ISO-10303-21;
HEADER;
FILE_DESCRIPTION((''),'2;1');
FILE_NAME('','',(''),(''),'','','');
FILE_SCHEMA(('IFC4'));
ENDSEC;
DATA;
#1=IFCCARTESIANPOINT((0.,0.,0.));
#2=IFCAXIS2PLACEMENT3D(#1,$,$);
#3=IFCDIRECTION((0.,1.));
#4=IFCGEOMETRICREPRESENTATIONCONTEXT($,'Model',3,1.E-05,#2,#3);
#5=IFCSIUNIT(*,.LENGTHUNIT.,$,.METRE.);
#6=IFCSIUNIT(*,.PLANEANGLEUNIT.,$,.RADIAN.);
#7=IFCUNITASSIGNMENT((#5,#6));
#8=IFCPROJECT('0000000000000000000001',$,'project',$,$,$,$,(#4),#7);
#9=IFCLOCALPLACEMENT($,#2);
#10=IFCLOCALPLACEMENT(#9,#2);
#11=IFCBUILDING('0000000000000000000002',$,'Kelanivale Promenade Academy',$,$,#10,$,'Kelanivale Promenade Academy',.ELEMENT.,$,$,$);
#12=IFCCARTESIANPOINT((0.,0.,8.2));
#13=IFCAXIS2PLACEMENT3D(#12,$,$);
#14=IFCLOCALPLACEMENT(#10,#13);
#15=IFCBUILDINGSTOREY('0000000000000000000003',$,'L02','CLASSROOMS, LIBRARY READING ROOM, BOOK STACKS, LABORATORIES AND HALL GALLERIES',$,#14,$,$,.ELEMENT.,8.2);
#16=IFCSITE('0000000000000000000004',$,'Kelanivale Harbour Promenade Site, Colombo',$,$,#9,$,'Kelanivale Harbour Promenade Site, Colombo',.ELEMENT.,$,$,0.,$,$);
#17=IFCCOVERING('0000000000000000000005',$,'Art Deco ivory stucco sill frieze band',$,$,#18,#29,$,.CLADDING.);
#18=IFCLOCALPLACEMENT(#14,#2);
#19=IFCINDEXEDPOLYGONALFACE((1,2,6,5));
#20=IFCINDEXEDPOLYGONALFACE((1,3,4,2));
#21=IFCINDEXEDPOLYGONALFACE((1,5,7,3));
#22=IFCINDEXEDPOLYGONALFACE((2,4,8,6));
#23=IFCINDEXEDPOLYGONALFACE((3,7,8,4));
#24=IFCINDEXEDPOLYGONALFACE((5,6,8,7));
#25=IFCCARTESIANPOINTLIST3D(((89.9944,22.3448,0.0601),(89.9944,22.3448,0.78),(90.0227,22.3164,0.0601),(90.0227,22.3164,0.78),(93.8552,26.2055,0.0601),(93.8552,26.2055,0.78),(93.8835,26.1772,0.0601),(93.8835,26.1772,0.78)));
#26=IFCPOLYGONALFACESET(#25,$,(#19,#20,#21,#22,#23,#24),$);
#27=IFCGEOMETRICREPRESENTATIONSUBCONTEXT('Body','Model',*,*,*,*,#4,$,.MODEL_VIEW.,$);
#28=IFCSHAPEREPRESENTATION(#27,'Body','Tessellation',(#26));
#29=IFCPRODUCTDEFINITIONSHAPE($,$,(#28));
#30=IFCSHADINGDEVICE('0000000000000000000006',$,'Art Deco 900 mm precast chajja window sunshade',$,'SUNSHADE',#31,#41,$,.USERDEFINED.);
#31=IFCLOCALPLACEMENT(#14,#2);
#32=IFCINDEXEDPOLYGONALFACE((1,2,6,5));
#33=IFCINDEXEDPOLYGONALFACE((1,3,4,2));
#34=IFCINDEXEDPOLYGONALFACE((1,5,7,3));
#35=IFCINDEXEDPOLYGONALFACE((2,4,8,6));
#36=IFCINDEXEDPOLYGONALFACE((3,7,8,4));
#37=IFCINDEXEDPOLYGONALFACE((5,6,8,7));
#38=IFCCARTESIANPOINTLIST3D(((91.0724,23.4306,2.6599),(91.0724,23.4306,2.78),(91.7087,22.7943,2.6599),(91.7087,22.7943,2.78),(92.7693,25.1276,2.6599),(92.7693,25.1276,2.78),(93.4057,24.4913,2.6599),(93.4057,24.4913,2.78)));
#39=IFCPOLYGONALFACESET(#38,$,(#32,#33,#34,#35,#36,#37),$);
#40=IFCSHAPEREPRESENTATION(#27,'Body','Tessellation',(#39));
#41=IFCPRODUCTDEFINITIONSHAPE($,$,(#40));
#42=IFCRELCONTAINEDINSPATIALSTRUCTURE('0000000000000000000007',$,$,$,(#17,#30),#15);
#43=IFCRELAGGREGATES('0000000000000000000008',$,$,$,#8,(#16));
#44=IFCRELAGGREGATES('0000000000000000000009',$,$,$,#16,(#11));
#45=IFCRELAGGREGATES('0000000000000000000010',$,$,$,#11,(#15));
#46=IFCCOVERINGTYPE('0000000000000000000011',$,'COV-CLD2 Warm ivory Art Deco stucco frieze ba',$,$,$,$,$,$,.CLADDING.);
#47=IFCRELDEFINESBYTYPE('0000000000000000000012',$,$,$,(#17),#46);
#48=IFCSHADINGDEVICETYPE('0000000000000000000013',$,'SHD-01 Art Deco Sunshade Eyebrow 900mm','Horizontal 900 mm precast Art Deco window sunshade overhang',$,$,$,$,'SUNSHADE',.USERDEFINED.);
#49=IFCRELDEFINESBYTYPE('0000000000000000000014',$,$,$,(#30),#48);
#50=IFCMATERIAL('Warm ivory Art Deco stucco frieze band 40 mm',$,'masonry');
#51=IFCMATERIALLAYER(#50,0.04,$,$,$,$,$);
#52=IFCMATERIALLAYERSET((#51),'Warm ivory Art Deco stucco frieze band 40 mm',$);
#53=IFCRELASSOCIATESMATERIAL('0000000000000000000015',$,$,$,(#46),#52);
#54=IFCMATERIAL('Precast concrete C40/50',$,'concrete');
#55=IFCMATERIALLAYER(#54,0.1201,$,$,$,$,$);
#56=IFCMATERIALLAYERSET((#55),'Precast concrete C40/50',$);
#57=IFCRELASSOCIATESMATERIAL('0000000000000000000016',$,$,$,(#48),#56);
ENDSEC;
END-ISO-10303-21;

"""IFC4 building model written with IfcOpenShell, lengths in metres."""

from ifc_helpers import new_model, si_unit, direction, frame, origin, origin_2d, place, context, subcontext, project, spatial, rectangle, extrude, material, layer, layer_set, type_object, element, save


model = new_model("IFC4")

# Units and contexts
model_context = context("Model", 3, precision=1e-05, world=origin(), true_north=direction((0.0, 1.0)))
body_context = subcontext(model_context, "Body", "Model", "MODEL_VIEW")
ifc_project = project(units=[si_unit("LENGTHUNIT", "METRE"), si_unit("PLANEANGLEUNIT", "RADIAN")], contexts=[model_context])

# Site, building, storey
site_placement = place(None, origin())
site = spatial("IfcSite", under=ifc_project, at=site_placement, Name="Kelanivale Harbour Promenade Site, Colombo", LongName="Kelanivale Harbour Promenade Site, Colombo", CompositionType="ELEMENT", RefElevation=0.0)
building_placement = place(site_placement, origin())
building = spatial("IfcBuilding", under=site, at=building_placement, Name="Kelanivale Promenade Academy", LongName="Kelanivale Promenade Academy", CompositionType="ELEMENT")
storey_placement = place(building_placement, frame((0.0, 0.0, 8.2)))
storey = spatial("IfcBuildingStorey", under=building, at=storey_placement, Name="L02", Description="CLASSROOMS, LIBRARY READING ROOM, BOOK STACKS, LABORATORIES AND HALL GALLERIES", CompositionType="ELEMENT", Elevation=8.2)

# Covering
ifc_material_1 = material(Name="Warm ivory Art Deco stucco frieze band 40 mm", Category="masonry")
ifc_layer_1 = layer(ifc_material_1, 0.04)
ifc_layer_set_1 = layer_set([ifc_layer_1], Name="Warm ivory Art Deco stucco frieze band 40 mm")
covering_type = type_object("IfcCoveringType", Name="COV-CLD2 Warm ivory Art Deco stucco frieze ba", PredefinedType="CLADDING", material=ifc_layer_set_1)
covering_1_placement = place(storey_placement, frame((91.939, 24.261, 0.0601), z_axis=(0.0, 0.0, 1.0), x_axis=(0.707107, 0.707107, 0.0)))
element("IfcCovering", 1, at=covering_1_placement, inside=storey, type_object=covering_type, Name="Art Deco ivory stucco sill frieze band", PredefinedType="CLADDING", context=body_context, shape_type="SweptSolid", body=[
    extrude(rectangle(XDim=5.46, YDim=0.04, at=origin_2d()), origin(), (0.0, 0.0, 1.0), 0.72),
])

# Shading device
ifc_material_2 = material(Name="Precast concrete C40/50", Category="concrete")
ifc_layer_2 = layer(ifc_material_2, 0.1201)
ifc_layer_set_2 = layer_set([ifc_layer_2], Name="Precast concrete C40/50")
shading_device_type = type_object("IfcShadingDeviceType", Name="SHD-01 Art Deco Sunshade Eyebrow 900mm", Description="Horizontal 900 mm precast Art Deco window sunshade overhang", ElementType="SUNSHADE", PredefinedType="USERDEFINED", material=ifc_layer_set_2)
shading_device_placement = place(storey_placement, frame((92.239, 23.9609, 2.6599), z_axis=(0.0, 0.0, 1.0), x_axis=(0.707107, 0.707107, 0.0)))
element("IfcShadingDevice", 2, at=shading_device_placement, inside=storey, type_object=shading_device_type, Name="Art Deco 900 mm precast chajja window sunshade", ObjectType="SUNSHADE", PredefinedType="USERDEFINED", context=body_context, shape_type="SweptSolid", body=[
    extrude(rectangle(XDim=2.3999, YDim=0.8999, at=origin_2d()), origin(), (0.0, 0.0, 1.0), 0.1201),
])

save(model, "model.ifc")
